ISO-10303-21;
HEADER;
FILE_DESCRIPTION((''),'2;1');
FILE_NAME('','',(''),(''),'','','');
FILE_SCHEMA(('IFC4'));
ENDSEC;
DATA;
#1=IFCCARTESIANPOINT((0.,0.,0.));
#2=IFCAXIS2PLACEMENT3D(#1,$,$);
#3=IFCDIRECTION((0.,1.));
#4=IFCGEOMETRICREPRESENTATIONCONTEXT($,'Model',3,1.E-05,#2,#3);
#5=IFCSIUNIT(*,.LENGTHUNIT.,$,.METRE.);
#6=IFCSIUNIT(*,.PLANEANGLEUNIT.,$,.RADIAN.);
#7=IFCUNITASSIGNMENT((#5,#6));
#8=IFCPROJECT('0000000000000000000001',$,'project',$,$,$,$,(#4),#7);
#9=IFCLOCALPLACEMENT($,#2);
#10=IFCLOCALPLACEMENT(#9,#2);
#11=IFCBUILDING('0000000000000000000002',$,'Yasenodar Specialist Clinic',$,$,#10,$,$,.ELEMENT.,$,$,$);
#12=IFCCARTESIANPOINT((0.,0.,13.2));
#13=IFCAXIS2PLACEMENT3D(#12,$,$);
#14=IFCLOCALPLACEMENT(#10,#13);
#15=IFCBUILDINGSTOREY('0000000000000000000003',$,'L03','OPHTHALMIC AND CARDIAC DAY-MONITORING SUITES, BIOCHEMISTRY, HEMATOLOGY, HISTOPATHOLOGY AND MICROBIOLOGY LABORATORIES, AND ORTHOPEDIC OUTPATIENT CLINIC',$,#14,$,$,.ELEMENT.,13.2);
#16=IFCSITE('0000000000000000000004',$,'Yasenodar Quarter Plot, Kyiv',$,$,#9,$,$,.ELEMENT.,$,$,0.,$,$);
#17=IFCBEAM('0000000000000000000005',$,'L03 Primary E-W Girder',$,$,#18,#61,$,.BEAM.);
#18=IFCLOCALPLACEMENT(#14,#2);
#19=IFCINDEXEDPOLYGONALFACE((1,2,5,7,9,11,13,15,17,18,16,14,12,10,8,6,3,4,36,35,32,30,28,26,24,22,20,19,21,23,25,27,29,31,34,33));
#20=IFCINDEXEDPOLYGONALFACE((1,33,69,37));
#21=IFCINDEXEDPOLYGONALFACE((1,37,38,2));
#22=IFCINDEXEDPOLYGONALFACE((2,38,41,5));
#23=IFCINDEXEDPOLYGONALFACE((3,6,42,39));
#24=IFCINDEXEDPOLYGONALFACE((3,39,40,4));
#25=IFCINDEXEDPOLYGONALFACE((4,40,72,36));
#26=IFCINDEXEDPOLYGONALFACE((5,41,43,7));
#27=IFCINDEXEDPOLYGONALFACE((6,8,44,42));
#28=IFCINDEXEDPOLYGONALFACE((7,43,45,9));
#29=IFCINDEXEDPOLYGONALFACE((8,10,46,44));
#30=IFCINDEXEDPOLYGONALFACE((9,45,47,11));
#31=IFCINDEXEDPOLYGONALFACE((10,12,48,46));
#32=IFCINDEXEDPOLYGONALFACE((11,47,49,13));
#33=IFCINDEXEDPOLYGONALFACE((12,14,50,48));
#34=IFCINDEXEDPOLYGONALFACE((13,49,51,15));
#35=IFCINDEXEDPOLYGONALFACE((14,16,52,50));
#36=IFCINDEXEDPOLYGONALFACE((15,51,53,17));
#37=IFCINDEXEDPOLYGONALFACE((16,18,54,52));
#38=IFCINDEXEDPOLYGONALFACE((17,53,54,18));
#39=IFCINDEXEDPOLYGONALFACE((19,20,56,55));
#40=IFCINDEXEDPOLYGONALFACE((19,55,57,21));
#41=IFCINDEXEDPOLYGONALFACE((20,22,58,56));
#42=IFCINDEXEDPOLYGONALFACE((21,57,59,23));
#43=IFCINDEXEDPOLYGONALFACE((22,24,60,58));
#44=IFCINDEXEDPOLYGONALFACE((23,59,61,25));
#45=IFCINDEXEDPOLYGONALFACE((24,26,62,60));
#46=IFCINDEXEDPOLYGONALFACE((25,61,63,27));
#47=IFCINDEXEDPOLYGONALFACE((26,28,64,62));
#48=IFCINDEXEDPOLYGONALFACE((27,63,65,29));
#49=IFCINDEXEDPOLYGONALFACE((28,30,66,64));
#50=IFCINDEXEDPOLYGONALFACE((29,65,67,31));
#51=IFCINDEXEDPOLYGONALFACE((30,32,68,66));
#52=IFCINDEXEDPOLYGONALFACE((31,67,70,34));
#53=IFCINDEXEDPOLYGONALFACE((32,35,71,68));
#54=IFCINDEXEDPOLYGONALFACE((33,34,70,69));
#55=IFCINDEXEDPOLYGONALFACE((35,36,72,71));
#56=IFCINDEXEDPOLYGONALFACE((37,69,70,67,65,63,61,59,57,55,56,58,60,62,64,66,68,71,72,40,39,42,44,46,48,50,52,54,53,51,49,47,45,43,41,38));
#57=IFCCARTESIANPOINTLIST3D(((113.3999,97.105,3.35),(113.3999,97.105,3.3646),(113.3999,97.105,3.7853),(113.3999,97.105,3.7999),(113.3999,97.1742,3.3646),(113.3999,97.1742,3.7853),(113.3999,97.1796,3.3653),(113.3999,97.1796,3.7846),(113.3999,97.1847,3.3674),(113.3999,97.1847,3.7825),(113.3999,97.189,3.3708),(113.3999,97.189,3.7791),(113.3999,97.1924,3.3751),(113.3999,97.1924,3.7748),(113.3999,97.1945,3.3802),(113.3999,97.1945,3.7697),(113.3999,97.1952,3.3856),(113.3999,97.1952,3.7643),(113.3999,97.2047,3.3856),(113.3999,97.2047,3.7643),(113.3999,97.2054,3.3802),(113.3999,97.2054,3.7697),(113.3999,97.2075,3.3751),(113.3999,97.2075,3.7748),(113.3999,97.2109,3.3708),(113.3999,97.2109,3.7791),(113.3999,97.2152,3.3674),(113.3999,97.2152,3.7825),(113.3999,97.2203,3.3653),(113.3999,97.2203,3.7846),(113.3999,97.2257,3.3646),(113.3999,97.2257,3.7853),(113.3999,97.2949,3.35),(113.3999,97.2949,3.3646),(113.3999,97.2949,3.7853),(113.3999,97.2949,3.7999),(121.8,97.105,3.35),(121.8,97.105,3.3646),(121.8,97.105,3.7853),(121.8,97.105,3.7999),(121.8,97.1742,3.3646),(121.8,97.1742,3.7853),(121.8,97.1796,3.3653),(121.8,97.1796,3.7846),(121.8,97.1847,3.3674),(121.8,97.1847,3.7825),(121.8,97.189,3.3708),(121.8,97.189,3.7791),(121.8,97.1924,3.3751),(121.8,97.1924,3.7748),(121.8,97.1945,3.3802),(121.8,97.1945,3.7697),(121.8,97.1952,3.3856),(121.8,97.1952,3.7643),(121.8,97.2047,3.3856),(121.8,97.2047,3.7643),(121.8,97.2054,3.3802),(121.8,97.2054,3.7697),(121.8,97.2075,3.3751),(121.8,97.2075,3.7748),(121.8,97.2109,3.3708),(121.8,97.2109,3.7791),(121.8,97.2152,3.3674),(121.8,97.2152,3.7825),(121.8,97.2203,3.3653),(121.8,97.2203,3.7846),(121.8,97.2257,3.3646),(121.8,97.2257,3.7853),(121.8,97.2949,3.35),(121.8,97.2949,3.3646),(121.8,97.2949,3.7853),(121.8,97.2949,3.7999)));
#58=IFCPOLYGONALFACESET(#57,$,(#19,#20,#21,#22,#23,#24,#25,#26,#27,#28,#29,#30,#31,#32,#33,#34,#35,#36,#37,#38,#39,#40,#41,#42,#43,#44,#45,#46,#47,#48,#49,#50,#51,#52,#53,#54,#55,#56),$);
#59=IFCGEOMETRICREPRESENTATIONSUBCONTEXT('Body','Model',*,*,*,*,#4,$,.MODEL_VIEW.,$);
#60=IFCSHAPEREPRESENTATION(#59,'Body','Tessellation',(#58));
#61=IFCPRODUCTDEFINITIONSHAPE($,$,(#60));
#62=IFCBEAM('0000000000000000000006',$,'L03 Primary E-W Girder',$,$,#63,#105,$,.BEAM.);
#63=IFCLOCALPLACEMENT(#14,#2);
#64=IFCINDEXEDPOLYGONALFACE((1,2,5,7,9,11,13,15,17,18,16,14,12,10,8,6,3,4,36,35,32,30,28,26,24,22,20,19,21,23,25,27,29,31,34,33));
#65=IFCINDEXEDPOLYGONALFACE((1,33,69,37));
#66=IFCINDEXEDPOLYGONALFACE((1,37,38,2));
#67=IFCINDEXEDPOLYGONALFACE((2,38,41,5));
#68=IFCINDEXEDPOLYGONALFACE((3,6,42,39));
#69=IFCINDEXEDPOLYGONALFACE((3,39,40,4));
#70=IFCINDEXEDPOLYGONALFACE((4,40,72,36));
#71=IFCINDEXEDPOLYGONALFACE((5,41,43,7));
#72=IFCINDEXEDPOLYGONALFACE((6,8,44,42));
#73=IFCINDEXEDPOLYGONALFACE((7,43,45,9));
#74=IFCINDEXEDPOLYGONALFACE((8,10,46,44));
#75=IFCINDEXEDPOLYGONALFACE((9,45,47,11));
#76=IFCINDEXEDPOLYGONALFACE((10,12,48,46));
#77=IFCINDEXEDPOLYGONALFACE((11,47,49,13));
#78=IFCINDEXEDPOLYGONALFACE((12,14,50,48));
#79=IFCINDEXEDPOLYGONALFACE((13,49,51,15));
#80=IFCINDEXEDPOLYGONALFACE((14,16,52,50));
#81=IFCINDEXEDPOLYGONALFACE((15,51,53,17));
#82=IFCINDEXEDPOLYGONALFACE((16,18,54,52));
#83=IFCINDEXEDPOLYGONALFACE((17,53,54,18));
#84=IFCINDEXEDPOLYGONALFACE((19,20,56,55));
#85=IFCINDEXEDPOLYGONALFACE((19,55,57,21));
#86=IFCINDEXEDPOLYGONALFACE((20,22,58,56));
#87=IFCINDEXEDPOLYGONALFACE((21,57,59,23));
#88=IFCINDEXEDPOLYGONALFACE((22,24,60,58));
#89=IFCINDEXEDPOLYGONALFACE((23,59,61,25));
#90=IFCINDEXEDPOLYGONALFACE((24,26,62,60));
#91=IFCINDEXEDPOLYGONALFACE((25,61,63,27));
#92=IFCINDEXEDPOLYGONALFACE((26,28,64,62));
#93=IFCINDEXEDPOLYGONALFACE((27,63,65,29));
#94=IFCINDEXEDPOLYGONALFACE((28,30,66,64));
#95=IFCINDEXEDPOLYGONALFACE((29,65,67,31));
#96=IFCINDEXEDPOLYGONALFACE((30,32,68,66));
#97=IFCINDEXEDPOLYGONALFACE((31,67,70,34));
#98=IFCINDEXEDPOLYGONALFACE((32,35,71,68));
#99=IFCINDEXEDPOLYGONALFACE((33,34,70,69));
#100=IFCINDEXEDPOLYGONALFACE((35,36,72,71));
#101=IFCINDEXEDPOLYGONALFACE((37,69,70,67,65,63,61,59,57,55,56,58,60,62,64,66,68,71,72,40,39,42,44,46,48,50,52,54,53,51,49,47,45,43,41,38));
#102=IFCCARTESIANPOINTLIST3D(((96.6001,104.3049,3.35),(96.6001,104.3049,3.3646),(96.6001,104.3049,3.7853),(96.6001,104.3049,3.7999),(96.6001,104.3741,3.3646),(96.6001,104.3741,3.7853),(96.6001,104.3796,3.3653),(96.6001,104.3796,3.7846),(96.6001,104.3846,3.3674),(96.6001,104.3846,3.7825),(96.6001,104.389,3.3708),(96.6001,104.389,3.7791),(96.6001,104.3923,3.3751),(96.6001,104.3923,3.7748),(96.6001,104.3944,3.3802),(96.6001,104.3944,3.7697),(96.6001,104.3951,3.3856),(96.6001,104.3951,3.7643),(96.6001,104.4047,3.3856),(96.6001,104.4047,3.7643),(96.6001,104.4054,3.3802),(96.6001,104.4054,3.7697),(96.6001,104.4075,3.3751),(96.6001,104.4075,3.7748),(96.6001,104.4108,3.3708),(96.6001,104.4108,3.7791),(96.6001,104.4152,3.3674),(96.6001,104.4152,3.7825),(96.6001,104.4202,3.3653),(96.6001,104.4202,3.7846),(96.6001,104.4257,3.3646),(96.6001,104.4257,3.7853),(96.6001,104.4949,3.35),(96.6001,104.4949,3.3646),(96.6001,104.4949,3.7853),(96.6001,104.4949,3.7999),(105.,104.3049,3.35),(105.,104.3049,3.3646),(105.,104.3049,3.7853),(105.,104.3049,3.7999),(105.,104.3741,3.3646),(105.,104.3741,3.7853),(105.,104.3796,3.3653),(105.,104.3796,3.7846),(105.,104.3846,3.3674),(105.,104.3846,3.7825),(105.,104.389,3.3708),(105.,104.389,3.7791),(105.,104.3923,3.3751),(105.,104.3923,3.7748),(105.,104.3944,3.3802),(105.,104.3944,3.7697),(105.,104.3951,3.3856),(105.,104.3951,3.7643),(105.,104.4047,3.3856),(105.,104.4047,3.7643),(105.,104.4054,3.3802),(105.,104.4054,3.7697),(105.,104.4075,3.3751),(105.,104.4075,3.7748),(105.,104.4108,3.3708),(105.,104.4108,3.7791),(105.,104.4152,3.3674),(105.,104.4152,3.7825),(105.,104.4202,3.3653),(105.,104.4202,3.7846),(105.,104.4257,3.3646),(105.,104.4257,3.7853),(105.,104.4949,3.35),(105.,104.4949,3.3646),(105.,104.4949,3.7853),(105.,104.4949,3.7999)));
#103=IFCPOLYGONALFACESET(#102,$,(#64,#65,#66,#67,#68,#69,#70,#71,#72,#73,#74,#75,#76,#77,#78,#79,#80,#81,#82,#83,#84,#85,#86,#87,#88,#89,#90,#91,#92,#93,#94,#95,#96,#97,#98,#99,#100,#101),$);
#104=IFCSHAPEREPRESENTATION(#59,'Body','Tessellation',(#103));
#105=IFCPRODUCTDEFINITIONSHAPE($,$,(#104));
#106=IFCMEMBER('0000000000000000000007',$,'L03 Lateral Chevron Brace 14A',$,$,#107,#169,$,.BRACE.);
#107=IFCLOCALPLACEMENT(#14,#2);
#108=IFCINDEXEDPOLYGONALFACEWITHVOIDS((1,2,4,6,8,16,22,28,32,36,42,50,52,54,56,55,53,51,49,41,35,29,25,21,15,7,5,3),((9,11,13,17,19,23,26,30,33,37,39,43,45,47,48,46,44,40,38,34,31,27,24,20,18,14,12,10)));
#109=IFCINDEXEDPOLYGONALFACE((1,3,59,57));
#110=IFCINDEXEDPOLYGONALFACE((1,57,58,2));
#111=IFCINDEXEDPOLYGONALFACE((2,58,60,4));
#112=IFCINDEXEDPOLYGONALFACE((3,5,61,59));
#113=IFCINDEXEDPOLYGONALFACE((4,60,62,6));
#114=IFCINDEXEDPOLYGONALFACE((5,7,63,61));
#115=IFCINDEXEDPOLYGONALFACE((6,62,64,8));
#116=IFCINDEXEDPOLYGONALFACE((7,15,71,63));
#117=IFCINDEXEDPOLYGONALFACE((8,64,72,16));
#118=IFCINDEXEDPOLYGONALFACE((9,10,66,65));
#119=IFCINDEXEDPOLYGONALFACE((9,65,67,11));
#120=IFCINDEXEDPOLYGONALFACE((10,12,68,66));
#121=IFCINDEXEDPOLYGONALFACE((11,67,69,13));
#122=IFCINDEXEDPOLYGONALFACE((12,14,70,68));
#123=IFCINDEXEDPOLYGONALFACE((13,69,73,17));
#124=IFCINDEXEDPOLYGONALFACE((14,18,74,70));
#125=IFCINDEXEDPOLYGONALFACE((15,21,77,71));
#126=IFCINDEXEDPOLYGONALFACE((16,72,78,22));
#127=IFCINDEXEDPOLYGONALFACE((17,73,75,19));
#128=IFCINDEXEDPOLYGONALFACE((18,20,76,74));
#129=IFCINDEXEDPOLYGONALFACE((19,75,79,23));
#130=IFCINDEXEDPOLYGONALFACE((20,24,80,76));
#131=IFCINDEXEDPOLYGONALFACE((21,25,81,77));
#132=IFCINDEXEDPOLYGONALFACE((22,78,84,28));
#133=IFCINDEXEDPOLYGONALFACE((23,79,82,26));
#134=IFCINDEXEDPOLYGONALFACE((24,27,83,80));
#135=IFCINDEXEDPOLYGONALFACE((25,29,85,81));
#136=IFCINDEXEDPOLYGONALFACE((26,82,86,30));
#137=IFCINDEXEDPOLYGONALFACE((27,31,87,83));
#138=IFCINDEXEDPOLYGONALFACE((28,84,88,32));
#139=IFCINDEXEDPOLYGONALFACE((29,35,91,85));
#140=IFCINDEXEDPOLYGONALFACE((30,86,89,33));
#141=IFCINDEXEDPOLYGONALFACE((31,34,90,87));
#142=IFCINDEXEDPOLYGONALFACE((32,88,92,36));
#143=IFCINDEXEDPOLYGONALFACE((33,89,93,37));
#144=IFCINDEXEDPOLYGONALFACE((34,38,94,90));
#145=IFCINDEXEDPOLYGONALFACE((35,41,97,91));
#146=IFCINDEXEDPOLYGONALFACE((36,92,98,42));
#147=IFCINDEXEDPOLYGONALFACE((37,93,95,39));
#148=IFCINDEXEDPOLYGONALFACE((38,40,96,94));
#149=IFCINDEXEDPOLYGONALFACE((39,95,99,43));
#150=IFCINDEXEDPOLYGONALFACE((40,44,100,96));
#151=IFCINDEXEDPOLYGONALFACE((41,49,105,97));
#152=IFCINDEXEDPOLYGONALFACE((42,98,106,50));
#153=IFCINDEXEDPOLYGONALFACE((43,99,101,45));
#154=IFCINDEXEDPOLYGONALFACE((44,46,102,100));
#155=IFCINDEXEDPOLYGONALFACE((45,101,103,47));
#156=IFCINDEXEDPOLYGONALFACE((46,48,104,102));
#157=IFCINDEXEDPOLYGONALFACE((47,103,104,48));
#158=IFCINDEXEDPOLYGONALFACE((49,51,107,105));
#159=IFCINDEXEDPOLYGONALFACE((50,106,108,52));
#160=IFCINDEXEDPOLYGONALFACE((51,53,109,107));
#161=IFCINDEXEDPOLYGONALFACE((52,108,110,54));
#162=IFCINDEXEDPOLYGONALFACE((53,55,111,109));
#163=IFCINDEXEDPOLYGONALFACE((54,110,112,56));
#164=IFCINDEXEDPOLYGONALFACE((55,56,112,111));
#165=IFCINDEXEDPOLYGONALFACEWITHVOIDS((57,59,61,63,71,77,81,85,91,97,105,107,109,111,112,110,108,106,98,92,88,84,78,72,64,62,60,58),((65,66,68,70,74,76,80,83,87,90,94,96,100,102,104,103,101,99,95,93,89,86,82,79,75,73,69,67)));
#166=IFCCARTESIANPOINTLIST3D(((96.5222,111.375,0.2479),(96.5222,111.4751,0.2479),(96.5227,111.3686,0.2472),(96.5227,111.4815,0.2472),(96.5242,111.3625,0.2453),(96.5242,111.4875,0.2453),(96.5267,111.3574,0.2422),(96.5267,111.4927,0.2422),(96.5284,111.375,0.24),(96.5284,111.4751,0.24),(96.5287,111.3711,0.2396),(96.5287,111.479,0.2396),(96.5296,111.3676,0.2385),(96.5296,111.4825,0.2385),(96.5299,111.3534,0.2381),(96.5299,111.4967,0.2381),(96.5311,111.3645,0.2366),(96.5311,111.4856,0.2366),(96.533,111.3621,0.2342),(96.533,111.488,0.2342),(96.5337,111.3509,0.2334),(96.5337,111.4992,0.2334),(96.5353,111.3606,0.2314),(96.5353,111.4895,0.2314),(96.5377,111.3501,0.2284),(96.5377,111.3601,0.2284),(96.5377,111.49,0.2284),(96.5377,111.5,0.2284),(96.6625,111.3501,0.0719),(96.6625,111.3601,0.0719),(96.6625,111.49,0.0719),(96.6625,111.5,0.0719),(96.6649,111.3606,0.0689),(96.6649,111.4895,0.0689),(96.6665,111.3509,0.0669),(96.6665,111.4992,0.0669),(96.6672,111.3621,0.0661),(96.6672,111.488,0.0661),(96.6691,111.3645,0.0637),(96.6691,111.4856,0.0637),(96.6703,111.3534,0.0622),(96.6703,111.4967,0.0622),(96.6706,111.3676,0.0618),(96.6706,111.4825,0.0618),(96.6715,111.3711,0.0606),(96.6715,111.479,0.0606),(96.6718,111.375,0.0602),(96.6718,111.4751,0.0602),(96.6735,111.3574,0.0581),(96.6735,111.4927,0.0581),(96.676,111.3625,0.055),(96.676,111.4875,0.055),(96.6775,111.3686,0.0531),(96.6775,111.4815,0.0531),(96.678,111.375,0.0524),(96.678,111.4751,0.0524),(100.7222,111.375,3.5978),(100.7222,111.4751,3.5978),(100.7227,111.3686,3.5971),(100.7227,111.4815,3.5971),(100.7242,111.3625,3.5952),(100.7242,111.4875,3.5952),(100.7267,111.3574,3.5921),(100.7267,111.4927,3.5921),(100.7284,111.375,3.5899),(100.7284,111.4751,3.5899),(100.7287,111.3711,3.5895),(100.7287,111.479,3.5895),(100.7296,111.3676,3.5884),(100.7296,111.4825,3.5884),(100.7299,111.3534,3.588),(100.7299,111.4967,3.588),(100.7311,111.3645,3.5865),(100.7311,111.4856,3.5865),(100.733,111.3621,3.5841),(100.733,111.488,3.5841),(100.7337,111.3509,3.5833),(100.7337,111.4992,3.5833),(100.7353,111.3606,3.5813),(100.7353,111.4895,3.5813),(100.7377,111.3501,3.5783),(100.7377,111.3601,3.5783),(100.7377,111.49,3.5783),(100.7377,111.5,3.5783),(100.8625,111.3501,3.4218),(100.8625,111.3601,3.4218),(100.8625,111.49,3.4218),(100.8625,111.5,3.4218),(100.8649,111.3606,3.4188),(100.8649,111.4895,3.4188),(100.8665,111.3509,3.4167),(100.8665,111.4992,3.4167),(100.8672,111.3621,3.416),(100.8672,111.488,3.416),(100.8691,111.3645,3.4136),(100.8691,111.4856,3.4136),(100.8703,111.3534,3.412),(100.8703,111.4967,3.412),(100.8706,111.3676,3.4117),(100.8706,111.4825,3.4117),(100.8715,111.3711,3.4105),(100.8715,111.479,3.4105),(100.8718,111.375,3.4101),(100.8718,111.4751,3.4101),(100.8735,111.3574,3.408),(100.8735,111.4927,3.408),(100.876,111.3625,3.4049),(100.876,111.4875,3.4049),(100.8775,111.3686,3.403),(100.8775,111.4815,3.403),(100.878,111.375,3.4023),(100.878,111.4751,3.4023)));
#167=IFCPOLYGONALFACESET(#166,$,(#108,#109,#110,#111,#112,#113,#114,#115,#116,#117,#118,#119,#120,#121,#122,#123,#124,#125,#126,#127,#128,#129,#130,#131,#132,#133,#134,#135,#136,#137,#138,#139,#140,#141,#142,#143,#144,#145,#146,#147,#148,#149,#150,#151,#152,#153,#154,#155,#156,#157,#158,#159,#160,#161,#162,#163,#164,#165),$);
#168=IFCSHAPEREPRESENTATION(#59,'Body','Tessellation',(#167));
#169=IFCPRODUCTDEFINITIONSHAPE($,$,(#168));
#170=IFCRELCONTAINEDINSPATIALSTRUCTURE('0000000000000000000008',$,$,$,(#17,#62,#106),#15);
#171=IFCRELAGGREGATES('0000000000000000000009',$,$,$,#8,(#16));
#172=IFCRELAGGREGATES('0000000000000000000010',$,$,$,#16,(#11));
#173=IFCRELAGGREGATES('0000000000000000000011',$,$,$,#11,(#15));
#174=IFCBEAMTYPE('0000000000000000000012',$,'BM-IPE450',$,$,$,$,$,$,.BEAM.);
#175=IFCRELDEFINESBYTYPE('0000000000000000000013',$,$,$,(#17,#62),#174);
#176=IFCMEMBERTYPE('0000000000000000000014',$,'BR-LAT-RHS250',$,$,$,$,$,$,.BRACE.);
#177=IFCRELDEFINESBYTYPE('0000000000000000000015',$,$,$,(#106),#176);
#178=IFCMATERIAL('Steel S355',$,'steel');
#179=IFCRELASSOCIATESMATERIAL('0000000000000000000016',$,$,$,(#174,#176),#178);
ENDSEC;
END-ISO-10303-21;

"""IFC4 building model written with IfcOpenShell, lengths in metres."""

from ifc_helpers import new_model, si_unit, direction, frame, origin, origin_2d, place, context, subcontext, project, spatial, hollow_rectangle, i_section, extrude, material, material_profile, profile_set, type_object, element, save


model = new_model("IFC4")

# Units and contexts
model_context = context("Model", 3, precision=1e-05, world=origin(), true_north=direction((0.0, 1.0)))
body_context = subcontext(model_context, "Body", "Model", "MODEL_VIEW")
ifc_project = project(units=[si_unit("LENGTHUNIT", "METRE"), si_unit("PLANEANGLEUNIT", "RADIAN")], contexts=[model_context])

# Site, building, storey
site_placement = place(None, origin())
site = spatial("IfcSite", under=ifc_project, at=site_placement, Name="Yasenodar Quarter Plot, Kyiv", CompositionType="ELEMENT", RefElevation=0.0)
building_placement = place(site_placement, origin())
building = spatial("IfcBuilding", under=site, at=building_placement, Name="Yasenodar Specialist Clinic", CompositionType="ELEMENT")
storey_placement = place(building_placement, frame((0.0, 0.0, 13.2)))
storey = spatial("IfcBuildingStorey", under=building, at=storey_placement, Name="L03", Description="OPHTHALMIC AND CARDIAC DAY-MONITORING SUITES, BIOCHEMISTRY, HEMATOLOGY, HISTOPATHOLOGY AND MICROBIOLOGY LABORATORIES, AND ORTHOPEDIC OUTPATIENT CLINIC", CompositionType="ELEMENT", Elevation=13.2)

# Shared definitions
ifc_material_1 = material(Name="Steel S355", Category="steel")

# Beams
ifc_material_profile_1 = material_profile(ifc_material_1, i_section(OverallWidth=0.1899, OverallDepth=0.45, WebThickness=0.0095, FlangeThickness=0.0146, FilletRadius=0.021, at=origin_2d()), Name="IPE 450")
ifc_profile_set_1 = profile_set([ifc_material_profile_1], Name="Steel S355")
beam_type_1 = type_object("IfcBeamType", Name="BM-IPE450", PredefinedType="BEAM", material=ifc_profile_set_1)
beam_1_placement = place(storey_placement, frame((113.3999, 97.2, 3.575), z_axis=(1.0, 0.0, 0.0), x_axis=(0.0, 1.0, 0.0)))
element("IfcBeam", 1, at=beam_1_placement, inside=storey, type_object=beam_type_1, Name="L03 Primary E-W Girder", PredefinedType="BEAM", context=body_context, shape_type="SweptSolid", body=[
    extrude(i_section(OverallWidth=0.1899, OverallDepth=0.45, WebThickness=0.0095, FlangeThickness=0.0146, FilletRadius=0.021, at=origin_2d()), origin(), (0.0, 0.0, 1.0), 8.4001),
])
beam_2_placement = place(storey_placement, frame((96.6001, 104.3999, 3.575), z_axis=(1.0, 0.0, 0.0), x_axis=(0.0, 1.0, 0.0)))
element("IfcBeam", 2, at=beam_2_placement, inside=storey, type_object=beam_type_1, Name="L03 Primary E-W Girder", PredefinedType="BEAM", context=body_context, shape_type="SweptSolid", body=[
    extrude(i_section(OverallWidth=0.1899, OverallDepth=0.45, WebThickness=0.0095, FlangeThickness=0.0146, FilletRadius=0.021, at=origin_2d()), origin(), (0.0, 0.0, 1.0), 8.3999),
])

# Member
ifc_material_profile_2 = material_profile(ifc_material_1, hollow_rectangle(XDim=0.1499, YDim=0.25, WallThickness=0.01, InnerFilletRadius=0.0149, OuterFilletRadius=0.0249, at=origin_2d()), Name="RHS 250x150x10")
ifc_profile_set_2 = profile_set([ifc_material_profile_2], Name="Steel S355")
member_type = type_object("IfcMemberType", Name="BR-LAT-RHS250", PredefinedType="BRACE", material=ifc_profile_set_2)
for number, where, z_axis, x_axis, name in (
    (3, (96.6001, 111.425, 0.1501), (0.781786, 0.0, 0.623547), (0.0, 1.0, 0.0), "L03 Lateral Chevron Brace 14A"),
):
    element("IfcMember", number, at=place(storey_placement, frame(where, z_axis=z_axis, x_axis=x_axis)), inside=storey, type_object=member_type, Name=name, PredefinedType="BRACE", context=body_context, shape_type="SweptSolid", body=[
        extrude(hollow_rectangle(XDim=0.1499, YDim=0.25, WallThickness=0.01, InnerFilletRadius=0.0149, OuterFilletRadius=0.0249, at=origin_2d()), origin(), (0.0, 0.0, 1.0), 5.3723),
    ])

save(model, "model.ifc")
